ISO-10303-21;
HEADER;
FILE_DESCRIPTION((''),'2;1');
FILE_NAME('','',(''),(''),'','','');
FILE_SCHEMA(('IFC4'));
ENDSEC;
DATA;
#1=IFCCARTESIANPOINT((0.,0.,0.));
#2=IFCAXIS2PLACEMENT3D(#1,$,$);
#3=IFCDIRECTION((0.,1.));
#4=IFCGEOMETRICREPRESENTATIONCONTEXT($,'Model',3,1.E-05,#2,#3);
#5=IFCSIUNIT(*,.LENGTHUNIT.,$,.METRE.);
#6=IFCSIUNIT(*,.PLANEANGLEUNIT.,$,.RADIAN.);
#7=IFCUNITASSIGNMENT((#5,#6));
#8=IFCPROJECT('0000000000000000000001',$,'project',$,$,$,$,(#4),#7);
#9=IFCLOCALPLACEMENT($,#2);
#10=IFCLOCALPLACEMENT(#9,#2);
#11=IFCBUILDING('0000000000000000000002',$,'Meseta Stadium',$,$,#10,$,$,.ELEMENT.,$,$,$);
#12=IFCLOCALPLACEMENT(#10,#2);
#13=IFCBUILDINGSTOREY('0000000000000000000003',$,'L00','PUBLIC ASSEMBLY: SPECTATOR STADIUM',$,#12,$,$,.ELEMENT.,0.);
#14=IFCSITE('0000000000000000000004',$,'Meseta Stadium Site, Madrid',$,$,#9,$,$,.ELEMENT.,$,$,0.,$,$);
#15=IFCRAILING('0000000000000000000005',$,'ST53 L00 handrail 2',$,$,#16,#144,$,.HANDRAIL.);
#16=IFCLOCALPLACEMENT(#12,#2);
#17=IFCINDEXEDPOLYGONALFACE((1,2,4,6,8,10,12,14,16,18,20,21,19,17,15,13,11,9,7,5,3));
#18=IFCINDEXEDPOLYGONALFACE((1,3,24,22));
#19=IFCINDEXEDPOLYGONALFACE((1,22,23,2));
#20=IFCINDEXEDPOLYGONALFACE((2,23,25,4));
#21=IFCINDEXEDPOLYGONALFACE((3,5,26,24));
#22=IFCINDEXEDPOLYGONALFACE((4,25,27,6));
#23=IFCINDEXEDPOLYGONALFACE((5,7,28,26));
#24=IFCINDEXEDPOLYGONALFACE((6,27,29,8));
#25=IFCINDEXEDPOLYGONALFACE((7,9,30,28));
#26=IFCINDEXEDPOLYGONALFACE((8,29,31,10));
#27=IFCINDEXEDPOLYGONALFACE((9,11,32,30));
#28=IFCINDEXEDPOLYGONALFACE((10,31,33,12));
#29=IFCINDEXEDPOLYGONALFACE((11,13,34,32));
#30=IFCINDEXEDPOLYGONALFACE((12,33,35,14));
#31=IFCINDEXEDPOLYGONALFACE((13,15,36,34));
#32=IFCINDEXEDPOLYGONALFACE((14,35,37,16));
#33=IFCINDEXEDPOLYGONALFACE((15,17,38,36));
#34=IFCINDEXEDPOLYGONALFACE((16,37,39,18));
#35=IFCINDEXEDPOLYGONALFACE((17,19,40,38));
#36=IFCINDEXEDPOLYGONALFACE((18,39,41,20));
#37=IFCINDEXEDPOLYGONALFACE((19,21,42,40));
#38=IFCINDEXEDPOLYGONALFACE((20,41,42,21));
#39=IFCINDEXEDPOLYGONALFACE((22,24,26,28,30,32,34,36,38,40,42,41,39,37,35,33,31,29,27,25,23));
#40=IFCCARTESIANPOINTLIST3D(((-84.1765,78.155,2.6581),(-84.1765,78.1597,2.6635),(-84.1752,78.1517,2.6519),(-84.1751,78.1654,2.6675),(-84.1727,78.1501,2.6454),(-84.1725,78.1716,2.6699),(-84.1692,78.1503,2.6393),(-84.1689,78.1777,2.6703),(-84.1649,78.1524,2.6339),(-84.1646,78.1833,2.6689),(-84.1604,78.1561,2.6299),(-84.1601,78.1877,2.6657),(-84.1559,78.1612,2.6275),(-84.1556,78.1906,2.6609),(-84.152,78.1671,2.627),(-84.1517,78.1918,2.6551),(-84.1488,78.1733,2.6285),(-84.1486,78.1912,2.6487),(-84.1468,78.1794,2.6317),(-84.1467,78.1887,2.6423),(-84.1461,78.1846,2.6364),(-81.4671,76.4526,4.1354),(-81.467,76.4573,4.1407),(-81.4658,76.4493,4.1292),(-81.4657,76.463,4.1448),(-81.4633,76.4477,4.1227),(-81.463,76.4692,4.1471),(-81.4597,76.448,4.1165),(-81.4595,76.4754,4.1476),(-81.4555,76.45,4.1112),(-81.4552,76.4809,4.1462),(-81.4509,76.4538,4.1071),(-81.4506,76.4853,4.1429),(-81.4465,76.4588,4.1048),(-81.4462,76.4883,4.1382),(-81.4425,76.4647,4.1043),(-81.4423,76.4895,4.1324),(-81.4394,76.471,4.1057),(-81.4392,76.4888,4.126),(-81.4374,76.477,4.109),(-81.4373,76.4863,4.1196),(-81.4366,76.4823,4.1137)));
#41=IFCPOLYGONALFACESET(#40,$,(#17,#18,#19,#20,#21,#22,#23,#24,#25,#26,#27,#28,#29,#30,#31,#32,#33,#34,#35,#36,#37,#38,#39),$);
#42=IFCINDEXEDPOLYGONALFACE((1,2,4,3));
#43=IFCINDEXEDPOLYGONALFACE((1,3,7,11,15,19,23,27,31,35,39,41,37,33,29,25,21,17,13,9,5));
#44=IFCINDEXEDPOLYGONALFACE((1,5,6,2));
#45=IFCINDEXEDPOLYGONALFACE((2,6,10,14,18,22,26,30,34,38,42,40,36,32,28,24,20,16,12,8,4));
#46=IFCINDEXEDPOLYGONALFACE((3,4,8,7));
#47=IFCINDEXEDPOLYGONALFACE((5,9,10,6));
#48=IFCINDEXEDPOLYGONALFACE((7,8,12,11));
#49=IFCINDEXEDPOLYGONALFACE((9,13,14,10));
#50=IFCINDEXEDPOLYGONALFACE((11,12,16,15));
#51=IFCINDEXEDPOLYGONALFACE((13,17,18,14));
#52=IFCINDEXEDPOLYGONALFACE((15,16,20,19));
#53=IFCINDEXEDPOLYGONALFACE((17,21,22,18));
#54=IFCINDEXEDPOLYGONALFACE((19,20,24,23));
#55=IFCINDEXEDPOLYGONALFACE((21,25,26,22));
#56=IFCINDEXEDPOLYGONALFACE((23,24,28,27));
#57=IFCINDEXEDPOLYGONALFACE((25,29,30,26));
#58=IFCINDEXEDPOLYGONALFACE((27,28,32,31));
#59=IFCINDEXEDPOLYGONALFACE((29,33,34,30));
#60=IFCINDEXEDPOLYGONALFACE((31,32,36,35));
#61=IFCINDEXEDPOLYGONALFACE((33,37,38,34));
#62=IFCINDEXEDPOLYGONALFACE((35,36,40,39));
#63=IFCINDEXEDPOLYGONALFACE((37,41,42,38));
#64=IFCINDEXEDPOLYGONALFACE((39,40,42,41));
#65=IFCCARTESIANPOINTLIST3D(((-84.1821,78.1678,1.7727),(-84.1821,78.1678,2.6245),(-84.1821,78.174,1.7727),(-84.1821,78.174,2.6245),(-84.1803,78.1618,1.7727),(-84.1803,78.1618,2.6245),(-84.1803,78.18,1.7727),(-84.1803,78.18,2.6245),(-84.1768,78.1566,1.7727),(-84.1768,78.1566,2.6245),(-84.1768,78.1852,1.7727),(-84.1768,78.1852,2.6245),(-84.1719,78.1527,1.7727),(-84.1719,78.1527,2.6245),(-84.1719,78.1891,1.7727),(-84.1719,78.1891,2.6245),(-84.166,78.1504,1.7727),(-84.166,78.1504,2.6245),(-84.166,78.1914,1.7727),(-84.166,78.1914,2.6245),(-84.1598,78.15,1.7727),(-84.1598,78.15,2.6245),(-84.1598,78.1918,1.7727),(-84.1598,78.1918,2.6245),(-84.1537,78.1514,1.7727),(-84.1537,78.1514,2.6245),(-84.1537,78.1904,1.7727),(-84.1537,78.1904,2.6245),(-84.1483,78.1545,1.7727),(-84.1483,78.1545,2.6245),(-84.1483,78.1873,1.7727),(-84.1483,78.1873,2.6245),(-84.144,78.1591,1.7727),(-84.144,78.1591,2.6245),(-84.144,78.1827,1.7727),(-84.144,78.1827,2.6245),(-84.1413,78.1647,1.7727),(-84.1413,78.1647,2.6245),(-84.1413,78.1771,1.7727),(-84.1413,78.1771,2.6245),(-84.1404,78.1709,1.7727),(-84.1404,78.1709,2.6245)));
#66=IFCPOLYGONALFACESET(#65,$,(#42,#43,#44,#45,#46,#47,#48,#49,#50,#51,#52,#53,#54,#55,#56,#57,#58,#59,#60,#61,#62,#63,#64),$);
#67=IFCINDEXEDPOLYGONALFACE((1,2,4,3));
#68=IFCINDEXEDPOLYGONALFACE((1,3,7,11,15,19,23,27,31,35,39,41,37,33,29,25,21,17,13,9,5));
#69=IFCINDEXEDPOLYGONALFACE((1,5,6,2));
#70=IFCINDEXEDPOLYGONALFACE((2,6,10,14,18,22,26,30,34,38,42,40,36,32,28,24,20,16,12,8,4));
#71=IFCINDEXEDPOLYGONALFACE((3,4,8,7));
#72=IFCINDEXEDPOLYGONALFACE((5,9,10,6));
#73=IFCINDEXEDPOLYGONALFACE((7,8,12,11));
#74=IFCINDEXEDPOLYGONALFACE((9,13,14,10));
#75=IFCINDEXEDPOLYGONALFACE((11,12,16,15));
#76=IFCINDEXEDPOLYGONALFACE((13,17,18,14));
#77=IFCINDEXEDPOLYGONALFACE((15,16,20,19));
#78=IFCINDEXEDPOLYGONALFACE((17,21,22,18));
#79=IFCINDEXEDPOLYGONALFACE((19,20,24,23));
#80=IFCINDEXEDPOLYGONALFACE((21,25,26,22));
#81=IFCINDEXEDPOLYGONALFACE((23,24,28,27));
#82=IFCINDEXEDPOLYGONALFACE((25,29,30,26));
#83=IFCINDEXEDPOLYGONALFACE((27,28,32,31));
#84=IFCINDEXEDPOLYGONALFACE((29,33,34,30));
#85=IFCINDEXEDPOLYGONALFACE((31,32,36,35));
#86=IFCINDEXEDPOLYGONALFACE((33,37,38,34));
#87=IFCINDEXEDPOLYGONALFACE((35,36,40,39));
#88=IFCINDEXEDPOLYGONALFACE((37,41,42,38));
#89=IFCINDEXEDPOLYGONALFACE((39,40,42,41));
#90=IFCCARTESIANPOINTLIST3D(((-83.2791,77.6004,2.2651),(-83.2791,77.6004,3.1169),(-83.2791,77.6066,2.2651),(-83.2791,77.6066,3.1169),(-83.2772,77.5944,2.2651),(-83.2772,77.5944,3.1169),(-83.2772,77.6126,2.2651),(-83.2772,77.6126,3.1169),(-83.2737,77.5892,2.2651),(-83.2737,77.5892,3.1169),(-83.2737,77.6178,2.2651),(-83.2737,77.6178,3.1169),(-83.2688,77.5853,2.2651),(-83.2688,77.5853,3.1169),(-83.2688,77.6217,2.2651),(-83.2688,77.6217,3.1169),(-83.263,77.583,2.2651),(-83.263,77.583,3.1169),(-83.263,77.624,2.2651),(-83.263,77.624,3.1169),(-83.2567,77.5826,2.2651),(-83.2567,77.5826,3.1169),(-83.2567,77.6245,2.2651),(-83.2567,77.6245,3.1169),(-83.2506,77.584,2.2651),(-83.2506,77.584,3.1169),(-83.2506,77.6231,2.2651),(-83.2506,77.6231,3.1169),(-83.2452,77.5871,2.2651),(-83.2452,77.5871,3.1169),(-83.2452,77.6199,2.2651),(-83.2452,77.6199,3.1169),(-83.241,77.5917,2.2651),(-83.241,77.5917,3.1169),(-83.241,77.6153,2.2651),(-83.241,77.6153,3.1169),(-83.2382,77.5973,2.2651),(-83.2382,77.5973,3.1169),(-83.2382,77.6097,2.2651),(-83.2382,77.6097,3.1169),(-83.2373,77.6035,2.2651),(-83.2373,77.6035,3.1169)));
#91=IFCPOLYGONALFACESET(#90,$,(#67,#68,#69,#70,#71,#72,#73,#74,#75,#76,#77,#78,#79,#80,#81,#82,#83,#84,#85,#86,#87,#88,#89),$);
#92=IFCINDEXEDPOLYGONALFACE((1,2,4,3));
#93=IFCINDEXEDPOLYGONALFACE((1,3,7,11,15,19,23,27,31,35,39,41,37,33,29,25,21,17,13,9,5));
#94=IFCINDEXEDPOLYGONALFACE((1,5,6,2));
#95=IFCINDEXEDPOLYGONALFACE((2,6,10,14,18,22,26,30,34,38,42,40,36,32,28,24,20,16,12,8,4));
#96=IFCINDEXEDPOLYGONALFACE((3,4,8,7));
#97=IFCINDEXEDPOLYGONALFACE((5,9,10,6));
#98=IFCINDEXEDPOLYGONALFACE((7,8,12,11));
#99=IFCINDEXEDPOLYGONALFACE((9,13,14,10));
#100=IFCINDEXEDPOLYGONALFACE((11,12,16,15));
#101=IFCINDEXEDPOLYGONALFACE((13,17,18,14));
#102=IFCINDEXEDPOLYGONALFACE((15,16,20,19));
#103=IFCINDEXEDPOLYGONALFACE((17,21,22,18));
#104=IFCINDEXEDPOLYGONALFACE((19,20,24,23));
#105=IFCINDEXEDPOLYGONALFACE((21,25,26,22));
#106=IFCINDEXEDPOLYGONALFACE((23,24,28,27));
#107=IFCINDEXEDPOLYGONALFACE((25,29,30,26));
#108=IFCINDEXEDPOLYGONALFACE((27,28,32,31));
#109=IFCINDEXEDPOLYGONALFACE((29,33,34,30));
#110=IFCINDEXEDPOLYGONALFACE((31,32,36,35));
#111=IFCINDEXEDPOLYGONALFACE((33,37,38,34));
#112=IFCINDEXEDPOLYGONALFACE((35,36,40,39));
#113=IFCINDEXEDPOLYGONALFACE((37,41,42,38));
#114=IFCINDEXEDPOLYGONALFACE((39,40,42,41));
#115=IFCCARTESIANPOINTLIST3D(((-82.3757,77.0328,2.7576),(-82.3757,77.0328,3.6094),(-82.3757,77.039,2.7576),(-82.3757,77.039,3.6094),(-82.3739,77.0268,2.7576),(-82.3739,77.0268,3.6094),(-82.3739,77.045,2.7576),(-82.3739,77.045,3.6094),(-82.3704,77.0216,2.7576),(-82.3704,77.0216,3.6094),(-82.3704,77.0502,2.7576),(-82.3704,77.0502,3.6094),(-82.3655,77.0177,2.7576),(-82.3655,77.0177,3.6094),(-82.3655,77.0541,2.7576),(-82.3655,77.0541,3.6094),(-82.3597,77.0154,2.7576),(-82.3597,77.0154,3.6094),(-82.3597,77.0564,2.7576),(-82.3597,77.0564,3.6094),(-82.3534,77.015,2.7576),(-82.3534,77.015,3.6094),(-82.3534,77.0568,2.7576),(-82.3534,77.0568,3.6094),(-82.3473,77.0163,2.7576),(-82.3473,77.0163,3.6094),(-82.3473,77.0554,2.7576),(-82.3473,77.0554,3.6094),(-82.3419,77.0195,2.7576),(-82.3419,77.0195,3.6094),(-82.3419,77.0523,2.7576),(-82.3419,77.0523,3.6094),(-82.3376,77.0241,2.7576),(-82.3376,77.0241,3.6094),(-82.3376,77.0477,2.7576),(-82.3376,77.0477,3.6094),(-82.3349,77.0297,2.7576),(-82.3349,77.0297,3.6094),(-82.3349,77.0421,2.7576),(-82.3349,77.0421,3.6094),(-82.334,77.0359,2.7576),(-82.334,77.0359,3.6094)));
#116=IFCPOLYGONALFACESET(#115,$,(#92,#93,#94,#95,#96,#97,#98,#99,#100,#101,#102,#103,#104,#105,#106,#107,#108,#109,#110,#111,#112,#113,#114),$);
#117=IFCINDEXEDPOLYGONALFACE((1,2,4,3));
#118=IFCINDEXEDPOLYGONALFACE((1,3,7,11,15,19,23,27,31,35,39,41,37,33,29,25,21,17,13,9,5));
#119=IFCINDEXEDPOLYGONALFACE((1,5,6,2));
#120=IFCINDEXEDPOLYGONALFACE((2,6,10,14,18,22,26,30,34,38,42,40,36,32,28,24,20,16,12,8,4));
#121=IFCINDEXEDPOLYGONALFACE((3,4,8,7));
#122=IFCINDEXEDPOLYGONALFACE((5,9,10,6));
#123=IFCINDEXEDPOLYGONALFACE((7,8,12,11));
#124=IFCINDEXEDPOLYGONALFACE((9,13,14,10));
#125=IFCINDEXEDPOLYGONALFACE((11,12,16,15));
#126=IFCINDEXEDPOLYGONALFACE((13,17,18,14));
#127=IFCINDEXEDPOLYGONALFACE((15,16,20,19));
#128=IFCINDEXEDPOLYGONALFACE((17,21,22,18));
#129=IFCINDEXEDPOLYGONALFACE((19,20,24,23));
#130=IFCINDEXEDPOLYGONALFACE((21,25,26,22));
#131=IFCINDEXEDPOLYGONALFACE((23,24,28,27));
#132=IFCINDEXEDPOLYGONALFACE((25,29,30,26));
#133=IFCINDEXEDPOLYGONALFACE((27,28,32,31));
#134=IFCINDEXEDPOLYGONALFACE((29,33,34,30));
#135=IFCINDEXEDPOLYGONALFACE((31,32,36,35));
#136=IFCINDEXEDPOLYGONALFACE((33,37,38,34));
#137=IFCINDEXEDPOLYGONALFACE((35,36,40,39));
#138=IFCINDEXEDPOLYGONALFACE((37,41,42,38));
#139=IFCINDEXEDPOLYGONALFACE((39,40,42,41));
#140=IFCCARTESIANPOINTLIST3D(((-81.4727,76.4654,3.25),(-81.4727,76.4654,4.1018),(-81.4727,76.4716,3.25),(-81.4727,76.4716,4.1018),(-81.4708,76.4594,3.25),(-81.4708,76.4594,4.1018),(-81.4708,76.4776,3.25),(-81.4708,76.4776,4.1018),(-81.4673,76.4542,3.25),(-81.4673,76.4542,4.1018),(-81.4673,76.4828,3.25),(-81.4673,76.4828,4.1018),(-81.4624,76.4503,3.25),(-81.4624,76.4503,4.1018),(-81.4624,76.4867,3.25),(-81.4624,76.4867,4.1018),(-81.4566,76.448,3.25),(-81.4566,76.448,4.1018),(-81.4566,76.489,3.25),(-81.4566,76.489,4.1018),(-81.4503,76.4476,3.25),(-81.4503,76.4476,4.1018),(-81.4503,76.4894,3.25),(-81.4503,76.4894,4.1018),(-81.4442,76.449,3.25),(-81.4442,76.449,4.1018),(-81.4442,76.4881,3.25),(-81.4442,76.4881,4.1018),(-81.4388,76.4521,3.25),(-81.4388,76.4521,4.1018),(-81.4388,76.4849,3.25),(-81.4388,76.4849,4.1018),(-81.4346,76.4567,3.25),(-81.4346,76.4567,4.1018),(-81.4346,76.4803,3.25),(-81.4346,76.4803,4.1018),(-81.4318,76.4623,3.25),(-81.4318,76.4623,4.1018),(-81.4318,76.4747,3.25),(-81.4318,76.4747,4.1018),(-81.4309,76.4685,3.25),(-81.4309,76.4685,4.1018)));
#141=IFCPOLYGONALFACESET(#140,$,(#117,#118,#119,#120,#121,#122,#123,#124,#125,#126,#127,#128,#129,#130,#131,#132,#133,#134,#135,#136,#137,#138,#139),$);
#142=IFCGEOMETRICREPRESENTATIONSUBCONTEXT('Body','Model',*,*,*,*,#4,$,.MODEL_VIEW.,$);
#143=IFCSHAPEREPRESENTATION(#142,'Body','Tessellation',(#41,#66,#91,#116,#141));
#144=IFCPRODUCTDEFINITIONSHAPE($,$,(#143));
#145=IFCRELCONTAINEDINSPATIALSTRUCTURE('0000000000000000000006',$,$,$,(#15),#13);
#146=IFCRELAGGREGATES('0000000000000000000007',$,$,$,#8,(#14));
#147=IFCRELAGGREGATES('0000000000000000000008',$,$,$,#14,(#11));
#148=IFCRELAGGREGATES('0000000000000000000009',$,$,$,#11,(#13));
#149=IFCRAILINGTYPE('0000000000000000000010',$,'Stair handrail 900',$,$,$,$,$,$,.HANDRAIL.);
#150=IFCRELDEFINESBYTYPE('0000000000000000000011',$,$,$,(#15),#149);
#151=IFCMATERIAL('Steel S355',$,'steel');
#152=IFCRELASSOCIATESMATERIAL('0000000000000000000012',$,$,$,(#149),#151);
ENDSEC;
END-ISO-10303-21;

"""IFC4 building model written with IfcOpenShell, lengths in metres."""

from ifc_helpers import new_model, si_unit, direction, frame, origin, origin_2d, place, context, subcontext, project, spatial, circle, extrude, material, type_object, element, save


model = new_model("IFC4")

# Units and contexts
model_context = context("Model", 3, precision=1e-05, world=origin(), true_north=direction((0.0, 1.0)))
body_context = subcontext(model_context, "Body", "Model", "MODEL_VIEW")
ifc_project = project(units=[si_unit("LENGTHUNIT", "METRE"), si_unit("PLANEANGLEUNIT", "RADIAN")], contexts=[model_context])

# Site, building, storey
site_placement = place(None, origin())
site = spatial("IfcSite", under=ifc_project, at=site_placement, Name="Meseta Stadium Site, Madrid", CompositionType="ELEMENT", RefElevation=0.0)
building_placement = place(site_placement, origin())
building = spatial("IfcBuilding", under=site, at=building_placement, Name="Meseta Stadium", CompositionType="ELEMENT")
storey_placement = place(building_placement, origin())
storey = spatial("IfcBuildingStorey", under=building, at=storey_placement, Name="L00", Description="PUBLIC ASSEMBLY: SPECTATOR STADIUM", CompositionType="ELEMENT", Elevation=0.0)

# Railing
ifc_material_1 = material(Name="Steel S355", Category="steel")
railing_type_1 = type_object("IfcRailingType", Name="Stair handrail 900", PredefinedType="HANDRAIL", material=ifc_material_1)
for number, where, name in (
    (1, (-84.1614, 78.1709, 1.7727), "ST53 L00 handrail 2"),
):
    element("IfcRailing", number, at=place(storey_placement, frame(where)), inside=storey, type_object=railing_type_1, Name=name, PredefinedType="HANDRAIL", context=body_context, shape_type="SweptSolid", body=[
        extrude(circle(Radius=0.0239, at=origin_2d()), frame((0.0, 0.0, 0.876), z_axis=(0.768764, -0.483023, 0.419156), x_axis=(0.532014, 0.846736, 0.0)), (0.0, 0.0, 1.0), 3.5244),
        extrude(circle(Radius=0.021, at=origin_2d()), origin(), (0.0, 0.0, 1.0), 0.8518),
        extrude(circle(Radius=0.021, at=origin_2d()), frame((0.9031, -0.5674, 0.4924)), (0.0, 0.0, 1.0), 0.8518),
        extrude(circle(Radius=0.021, at=origin_2d()), frame((1.8064, -1.135, 0.9849)), (0.0, 0.0, 1.0), 0.8518),
        extrude(circle(Radius=0.021, at=origin_2d()), frame((2.7095, -1.7024, 1.4773)), (0.0, 0.0, 1.0), 0.8518),
    ])

save(model, "model.ifc")
